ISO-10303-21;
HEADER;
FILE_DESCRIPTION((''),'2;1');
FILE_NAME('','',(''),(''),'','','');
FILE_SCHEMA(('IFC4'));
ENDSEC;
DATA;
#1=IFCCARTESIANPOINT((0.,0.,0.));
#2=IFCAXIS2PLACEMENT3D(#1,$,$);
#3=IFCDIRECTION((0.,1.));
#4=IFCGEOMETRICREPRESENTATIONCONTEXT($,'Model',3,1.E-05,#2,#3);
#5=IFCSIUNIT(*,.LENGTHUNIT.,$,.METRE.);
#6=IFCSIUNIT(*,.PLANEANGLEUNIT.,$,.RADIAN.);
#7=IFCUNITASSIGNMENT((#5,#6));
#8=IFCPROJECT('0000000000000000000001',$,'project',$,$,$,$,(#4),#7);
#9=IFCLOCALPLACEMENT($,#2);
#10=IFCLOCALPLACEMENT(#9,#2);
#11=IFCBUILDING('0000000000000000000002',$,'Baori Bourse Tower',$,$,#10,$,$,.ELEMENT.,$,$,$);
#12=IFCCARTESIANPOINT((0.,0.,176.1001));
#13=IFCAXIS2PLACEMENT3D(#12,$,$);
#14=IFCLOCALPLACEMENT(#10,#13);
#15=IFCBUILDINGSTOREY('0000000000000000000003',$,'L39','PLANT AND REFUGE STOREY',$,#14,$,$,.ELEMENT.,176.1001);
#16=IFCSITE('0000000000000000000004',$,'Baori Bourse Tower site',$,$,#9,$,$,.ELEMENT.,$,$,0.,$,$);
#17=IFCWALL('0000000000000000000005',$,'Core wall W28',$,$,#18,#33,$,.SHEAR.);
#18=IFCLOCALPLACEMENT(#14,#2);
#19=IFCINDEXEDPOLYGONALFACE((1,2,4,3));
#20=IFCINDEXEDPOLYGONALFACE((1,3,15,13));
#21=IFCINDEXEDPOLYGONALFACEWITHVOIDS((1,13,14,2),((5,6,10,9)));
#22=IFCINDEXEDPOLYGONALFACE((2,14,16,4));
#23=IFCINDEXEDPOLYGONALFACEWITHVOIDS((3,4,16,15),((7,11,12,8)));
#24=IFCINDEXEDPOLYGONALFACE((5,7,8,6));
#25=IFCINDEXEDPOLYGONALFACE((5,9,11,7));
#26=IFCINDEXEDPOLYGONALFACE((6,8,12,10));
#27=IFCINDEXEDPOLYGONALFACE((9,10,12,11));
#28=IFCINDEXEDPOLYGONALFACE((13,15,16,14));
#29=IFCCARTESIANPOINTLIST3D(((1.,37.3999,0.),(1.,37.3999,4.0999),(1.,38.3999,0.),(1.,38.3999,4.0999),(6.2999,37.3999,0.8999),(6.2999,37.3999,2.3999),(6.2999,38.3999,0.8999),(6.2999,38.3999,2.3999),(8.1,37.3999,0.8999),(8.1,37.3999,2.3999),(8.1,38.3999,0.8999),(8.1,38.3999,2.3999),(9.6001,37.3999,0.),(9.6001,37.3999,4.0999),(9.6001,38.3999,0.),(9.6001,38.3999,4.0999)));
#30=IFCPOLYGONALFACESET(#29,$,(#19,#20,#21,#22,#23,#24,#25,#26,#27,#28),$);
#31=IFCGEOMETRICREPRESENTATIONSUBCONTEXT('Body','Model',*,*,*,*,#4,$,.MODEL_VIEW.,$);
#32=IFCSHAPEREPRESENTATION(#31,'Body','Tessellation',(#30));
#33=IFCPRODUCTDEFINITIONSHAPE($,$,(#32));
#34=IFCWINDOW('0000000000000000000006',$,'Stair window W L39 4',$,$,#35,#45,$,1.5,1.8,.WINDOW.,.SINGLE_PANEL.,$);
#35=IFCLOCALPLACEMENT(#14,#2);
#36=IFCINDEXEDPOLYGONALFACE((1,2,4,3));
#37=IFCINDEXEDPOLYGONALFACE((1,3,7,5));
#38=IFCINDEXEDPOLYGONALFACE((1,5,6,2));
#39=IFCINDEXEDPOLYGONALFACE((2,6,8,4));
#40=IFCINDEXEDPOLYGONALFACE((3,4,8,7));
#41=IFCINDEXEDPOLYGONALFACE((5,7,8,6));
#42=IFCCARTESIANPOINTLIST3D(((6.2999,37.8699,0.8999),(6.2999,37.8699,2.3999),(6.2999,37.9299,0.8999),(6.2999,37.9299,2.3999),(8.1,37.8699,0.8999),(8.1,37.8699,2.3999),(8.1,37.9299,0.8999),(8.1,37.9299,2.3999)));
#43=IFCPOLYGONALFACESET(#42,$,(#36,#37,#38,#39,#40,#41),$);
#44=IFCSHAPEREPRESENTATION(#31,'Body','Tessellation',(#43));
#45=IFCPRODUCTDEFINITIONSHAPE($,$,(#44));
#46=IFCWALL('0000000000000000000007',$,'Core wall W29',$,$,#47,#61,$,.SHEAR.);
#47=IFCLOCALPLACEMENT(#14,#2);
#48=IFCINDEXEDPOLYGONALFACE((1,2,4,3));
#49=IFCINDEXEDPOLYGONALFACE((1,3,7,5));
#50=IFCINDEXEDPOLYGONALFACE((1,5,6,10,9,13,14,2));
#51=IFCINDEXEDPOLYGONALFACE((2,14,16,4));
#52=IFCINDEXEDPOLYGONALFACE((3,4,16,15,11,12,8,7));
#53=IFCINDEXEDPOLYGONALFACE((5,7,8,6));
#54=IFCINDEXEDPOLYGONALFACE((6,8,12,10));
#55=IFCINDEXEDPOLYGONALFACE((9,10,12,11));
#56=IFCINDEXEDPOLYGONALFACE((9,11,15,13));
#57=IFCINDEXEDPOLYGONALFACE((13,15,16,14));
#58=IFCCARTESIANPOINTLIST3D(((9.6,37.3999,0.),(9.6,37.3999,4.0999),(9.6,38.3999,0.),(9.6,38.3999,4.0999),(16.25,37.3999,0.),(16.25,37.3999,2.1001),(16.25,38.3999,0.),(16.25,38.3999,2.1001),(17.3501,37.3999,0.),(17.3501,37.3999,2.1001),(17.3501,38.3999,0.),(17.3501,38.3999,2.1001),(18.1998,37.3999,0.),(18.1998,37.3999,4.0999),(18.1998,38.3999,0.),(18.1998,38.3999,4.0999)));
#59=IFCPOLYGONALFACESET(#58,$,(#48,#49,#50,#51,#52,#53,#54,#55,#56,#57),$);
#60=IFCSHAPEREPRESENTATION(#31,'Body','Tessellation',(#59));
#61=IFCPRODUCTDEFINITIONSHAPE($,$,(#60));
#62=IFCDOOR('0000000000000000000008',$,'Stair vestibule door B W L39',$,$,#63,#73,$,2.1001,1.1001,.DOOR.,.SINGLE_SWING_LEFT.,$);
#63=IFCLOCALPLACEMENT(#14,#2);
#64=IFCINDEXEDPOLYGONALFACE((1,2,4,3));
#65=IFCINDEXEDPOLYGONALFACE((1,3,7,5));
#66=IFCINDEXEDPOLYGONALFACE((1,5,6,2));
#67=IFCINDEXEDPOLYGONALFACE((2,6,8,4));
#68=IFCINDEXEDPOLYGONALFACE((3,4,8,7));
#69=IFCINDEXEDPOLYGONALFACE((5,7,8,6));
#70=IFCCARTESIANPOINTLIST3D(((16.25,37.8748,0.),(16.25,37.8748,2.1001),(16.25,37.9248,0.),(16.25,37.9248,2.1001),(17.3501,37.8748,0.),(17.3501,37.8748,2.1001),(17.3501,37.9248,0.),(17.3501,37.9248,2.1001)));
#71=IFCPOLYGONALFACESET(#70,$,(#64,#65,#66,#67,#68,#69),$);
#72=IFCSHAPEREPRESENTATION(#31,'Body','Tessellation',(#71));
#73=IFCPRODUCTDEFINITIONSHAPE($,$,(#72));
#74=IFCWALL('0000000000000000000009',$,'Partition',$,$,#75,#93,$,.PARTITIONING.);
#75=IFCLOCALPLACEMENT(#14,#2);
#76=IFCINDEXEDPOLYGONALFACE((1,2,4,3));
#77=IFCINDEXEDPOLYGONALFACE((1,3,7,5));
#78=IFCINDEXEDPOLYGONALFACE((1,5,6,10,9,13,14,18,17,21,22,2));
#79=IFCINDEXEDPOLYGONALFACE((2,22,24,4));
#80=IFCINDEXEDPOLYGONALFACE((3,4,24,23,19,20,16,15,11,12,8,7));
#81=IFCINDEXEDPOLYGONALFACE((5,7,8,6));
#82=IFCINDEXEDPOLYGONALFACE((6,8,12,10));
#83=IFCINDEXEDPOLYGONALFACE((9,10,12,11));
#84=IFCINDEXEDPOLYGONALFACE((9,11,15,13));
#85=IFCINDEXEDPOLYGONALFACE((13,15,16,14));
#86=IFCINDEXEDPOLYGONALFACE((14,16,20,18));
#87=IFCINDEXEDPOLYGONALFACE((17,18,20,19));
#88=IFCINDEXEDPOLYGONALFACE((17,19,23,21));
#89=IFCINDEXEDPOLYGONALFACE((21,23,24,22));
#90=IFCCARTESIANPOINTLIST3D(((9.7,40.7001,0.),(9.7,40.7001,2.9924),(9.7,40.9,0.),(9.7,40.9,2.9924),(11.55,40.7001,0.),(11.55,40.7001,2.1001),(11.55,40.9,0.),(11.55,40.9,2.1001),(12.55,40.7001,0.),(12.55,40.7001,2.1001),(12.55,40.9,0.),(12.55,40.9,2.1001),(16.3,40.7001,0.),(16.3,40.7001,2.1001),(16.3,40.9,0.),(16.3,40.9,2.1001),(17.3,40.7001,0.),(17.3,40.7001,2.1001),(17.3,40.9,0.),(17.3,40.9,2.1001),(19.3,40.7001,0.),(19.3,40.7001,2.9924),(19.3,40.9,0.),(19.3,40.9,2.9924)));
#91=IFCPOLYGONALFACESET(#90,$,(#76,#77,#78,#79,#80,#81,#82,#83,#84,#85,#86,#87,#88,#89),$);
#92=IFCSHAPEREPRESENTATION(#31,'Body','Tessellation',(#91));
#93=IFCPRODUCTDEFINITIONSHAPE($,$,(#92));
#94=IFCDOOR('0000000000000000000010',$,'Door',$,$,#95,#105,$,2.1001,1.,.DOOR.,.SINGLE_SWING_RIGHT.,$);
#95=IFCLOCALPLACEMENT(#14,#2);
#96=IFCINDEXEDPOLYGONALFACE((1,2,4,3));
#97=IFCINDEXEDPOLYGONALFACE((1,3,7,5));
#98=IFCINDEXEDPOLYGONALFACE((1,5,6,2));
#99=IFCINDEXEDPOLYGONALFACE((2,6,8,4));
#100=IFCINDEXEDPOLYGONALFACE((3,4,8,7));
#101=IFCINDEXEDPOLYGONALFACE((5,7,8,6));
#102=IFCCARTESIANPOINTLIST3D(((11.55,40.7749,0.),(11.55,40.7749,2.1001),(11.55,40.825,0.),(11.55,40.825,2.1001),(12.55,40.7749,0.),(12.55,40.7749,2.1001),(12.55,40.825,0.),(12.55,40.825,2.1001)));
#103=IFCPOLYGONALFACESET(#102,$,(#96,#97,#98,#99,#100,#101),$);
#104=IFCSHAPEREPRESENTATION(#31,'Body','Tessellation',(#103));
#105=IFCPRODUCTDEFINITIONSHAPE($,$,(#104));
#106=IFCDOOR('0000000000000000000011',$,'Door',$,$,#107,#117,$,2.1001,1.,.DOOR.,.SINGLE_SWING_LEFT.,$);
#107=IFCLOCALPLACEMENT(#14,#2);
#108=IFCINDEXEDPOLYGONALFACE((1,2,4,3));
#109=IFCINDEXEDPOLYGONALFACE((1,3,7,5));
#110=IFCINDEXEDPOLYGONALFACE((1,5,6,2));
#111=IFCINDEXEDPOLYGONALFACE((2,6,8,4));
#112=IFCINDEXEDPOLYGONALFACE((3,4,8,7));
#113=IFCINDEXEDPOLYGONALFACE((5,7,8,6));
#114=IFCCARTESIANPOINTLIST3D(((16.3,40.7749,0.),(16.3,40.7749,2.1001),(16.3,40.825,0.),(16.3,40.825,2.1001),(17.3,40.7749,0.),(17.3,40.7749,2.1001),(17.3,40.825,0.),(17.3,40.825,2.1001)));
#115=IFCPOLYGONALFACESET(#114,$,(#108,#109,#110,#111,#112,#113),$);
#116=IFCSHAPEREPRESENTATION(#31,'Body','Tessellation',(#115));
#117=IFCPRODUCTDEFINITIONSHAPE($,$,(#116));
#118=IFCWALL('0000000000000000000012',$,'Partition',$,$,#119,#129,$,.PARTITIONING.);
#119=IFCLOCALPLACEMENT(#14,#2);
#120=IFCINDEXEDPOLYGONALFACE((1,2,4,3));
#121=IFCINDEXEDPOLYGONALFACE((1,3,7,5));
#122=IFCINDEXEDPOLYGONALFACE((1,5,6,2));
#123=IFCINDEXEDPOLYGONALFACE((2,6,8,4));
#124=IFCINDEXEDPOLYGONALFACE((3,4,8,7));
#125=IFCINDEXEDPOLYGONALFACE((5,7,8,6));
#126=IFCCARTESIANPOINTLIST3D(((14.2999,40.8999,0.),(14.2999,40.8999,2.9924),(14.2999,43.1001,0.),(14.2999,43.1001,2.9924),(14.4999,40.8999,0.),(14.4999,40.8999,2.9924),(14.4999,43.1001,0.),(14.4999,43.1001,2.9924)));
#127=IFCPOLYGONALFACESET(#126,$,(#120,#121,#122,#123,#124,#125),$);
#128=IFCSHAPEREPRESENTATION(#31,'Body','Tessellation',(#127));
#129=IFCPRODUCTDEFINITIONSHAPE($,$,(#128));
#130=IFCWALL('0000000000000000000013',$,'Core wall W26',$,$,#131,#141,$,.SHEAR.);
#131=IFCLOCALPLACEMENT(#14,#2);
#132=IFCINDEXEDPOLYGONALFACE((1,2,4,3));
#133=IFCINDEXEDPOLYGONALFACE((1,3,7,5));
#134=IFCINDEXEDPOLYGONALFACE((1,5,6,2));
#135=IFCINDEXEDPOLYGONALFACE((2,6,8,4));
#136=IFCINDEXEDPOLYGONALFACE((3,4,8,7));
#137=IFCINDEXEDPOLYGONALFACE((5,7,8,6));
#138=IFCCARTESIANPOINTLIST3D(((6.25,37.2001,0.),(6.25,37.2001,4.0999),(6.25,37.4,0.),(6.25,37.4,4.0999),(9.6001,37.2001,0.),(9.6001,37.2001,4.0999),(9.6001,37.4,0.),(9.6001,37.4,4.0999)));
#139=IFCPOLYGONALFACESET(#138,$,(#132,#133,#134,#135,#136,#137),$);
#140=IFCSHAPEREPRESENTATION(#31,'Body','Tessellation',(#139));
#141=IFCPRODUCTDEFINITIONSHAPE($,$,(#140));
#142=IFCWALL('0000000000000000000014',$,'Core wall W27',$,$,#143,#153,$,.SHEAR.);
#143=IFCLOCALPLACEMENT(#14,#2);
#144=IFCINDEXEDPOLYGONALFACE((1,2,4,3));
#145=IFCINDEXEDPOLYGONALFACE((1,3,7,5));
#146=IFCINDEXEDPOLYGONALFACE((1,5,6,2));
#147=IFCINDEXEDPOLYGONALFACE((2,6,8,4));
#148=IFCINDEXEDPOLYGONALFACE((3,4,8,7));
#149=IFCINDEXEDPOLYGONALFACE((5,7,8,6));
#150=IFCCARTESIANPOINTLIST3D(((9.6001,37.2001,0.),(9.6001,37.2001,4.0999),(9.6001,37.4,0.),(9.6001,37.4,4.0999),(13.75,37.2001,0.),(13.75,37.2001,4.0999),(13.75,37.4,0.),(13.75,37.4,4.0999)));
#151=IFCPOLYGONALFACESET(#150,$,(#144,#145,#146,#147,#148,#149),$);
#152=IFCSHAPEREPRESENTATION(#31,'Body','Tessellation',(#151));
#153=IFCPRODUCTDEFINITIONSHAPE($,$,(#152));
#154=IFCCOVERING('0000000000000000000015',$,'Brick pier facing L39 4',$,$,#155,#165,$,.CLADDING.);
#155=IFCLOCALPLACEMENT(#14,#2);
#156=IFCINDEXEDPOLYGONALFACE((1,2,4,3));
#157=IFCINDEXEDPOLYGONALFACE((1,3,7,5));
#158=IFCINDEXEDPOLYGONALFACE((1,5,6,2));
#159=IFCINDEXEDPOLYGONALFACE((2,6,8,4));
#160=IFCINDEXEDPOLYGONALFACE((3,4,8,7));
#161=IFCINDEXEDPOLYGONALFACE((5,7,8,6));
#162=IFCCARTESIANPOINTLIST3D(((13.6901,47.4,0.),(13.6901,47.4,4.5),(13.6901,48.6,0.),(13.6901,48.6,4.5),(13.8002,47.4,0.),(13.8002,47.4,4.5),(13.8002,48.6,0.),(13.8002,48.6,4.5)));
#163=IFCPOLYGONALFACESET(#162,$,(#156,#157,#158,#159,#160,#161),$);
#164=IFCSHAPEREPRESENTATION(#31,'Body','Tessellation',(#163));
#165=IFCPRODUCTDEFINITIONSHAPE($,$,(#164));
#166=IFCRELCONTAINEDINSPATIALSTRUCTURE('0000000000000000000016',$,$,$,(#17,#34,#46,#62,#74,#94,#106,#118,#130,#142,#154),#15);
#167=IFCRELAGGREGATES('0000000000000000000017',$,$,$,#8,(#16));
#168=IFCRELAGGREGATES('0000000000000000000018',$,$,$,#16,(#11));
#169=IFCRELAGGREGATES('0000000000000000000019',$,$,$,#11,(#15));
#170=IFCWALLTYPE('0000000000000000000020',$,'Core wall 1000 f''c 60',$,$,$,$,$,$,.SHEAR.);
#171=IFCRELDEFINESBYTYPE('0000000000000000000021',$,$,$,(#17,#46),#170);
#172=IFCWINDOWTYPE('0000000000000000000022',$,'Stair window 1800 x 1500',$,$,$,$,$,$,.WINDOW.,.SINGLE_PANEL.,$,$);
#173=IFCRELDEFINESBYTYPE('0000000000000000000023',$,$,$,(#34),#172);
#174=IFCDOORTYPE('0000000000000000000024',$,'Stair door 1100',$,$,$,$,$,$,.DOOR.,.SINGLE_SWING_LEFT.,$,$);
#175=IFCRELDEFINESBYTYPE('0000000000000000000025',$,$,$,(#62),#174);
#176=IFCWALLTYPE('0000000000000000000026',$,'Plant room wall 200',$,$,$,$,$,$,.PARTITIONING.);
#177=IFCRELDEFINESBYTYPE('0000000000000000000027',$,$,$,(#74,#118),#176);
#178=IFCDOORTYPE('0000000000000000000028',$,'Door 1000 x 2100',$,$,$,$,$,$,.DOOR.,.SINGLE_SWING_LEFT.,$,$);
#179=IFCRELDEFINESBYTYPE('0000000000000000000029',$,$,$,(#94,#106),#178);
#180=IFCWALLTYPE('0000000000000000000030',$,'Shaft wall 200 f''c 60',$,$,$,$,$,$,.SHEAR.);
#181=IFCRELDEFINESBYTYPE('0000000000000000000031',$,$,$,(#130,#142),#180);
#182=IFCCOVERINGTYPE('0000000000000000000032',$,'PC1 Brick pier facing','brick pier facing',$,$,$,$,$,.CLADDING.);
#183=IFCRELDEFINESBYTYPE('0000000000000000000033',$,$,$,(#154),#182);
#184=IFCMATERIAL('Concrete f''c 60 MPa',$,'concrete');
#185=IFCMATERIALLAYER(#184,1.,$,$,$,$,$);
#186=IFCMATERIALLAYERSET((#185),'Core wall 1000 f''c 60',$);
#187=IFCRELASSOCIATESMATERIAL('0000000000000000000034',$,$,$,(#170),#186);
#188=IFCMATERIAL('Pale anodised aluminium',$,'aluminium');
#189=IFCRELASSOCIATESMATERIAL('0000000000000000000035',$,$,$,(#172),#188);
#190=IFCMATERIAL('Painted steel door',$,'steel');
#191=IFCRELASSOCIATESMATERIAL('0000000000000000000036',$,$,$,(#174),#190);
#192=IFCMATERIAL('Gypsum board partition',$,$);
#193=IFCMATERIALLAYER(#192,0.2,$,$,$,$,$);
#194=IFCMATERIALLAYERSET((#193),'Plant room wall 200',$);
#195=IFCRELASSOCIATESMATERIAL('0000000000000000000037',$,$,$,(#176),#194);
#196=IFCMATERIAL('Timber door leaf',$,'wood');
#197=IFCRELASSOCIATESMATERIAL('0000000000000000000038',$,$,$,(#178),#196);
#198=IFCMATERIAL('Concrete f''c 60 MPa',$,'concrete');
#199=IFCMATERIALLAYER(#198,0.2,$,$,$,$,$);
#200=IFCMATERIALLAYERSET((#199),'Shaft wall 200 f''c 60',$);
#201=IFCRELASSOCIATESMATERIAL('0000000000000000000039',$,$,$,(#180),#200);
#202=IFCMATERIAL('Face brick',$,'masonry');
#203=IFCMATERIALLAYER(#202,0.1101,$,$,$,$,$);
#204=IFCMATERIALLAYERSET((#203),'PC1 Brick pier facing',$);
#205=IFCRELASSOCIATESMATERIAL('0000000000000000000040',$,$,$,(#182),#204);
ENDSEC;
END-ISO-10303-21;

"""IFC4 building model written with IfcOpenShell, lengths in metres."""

from ifc_helpers import new_model, si_unit, direction, frame, frame_2d, origin, origin_2d, place, context, subcontext, project, spatial, rectangle, extrude, material, layer, layer_set, type_object, element, fill, save


model = new_model("IFC4")

# Units and contexts
model_context = context("Model", 3, precision=1e-05, world=origin(), true_north=direction((0.0, 1.0)))
body_context = subcontext(model_context, "Body", "Model", "MODEL_VIEW")
ifc_project = project(units=[si_unit("LENGTHUNIT", "METRE"), si_unit("PLANEANGLEUNIT", "RADIAN")], contexts=[model_context])

# Site, building, storey
site_placement = place(None, origin())
site = spatial("IfcSite", under=ifc_project, at=site_placement, Name="Baori Bourse Tower site", CompositionType="ELEMENT", RefElevation=0.0)
building_placement = place(site_placement, origin())
building = spatial("IfcBuilding", under=site, at=building_placement, Name="Baori Bourse Tower", CompositionType="ELEMENT")
storey_placement = place(building_placement, frame((0.0, 0.0, 176.1001)))
storey = spatial("IfcBuildingStorey", under=building, at=storey_placement, Name="L39", Description="PLANT AND REFUGE STOREY", CompositionType="ELEMENT", Elevation=176.1001)

# Wall, opening, window
ifc_material_1 = material(Name="Concrete f'c 60 MPa", Category="concrete")
ifc_layer_1 = layer(ifc_material_1, 1.0)
ifc_layer_set_1 = layer_set([ifc_layer_1], Name="Core wall 1000 f'c 60")
wall_type_1 = type_object("IfcWallType", Name="Core wall 1000 f'c 60", PredefinedType="SHEAR", material=ifc_layer_set_1)
wall_1_placement = place(storey_placement, frame((1.0, 37.8999, 0.0), z_axis=(0.0, 0.0, 1.0), x_axis=(1.0, 0.0, 0.0)))
wall_1 = element("IfcWall", 1, at=wall_1_placement, inside=storey, type_object=wall_type_1, Name="Core wall W28", PredefinedType="SHEAR", context=body_context, shape_type="SweptSolid", body=[
    extrude(rectangle(XDim=8.6001, YDim=1.0, at=frame_2d((4.3, 0.0))), origin(), (0.0, 0.0, 1.0), 4.0999),
])
opening_1_placement = place(wall_1_placement, frame((5.3, 0.0, 0.8999)))
opening_1 = element("IfcOpeningElement", 2, at=opening_1_placement, cuts=wall_1, PredefinedType="OPENING", context=body_context, shape_type="SweptSolid", body=[
    extrude(rectangle(XDim=1.8, YDim=1.5, at=frame_2d((0.8999, 0.75))), frame((0.0, 0.51, 0.0), z_axis=(0.0, -1.0, 0.0), x_axis=(1.0, 0.0, 0.0)), (0.0, 0.0, 1.0), 1.02),
])
ifc_material_2 = material(Name="Pale anodised aluminium", Category="aluminium")
window_type = type_object("IfcWindowType", Name="Stair window 1800 x 1500", PartitioningType="SINGLE_PANEL", PredefinedType="WINDOW", material=ifc_material_2)
window_placement = place(opening_1_placement, origin())
window = element("IfcWindow", 3, at=window_placement, inside=storey, type_object=window_type, Name="Stair window W L39 4", OverallHeight=1.5, OverallWidth=1.8, PartitioningType="SINGLE_PANEL", PredefinedType="WINDOW", context=body_context, shape_type="SweptSolid", body=[
    extrude(rectangle(XDim=1.8, YDim=1.5, at=frame_2d((0.8999, 0.75))), frame((0.0, 0.03, 0.0), z_axis=(0.0, -1.0, 0.0), x_axis=(1.0, 0.0, 0.0)), (0.0, 0.0, 1.0), 0.0601),
])
fill(opening_1, window)

# Wall, opening, door
wall_2_placement = place(storey_placement, frame((9.6001, 37.8999, 0.0), z_axis=(0.0, 0.0, 1.0), x_axis=(1.0, 0.0, 0.0)))
wall_2 = element("IfcWall", 4, at=wall_2_placement, inside=storey, type_object=wall_type_1, Name="Core wall W29", PredefinedType="SHEAR", context=body_context, shape_type="SweptSolid", body=[
    extrude(rectangle(XDim=8.5999, YDim=1.0, at=frame_2d((4.2998, 0.0))), origin(), (0.0, 0.0, 1.0), 4.0999),
])
opening_2_placement = place(wall_2_placement, frame((6.6499, 0.0, 0.0)))
opening_2 = element("IfcOpeningElement", 5, at=opening_2_placement, cuts=wall_2, PredefinedType="OPENING", context=body_context, shape_type="SweptSolid", body=[
    extrude(rectangle(XDim=1.1001, YDim=2.1001, at=frame_2d((0.55, 1.05))), frame((0.0, 0.51, 0.0), z_axis=(0.0, -1.0, 0.0), x_axis=(1.0, 0.0, 0.0)), (0.0, 0.0, 1.0), 1.02),
])
ifc_material_3 = material(Name="Painted steel door", Category="steel")
door_type_1 = type_object("IfcDoorType", Name="Stair door 1100", OperationType="SINGLE_SWING_LEFT", PredefinedType="DOOR", material=ifc_material_3)
door_1_placement = place(opening_2_placement, origin())
door_1 = element("IfcDoor", 6, at=door_1_placement, inside=storey, type_object=door_type_1, Name="Stair vestibule door B W L39", OperationType="SINGLE_SWING_LEFT", OverallHeight=2.1001, OverallWidth=1.1001, PredefinedType="DOOR", context=body_context, shape_type="SweptSolid", body=[
    extrude(rectangle(XDim=1.1001, YDim=2.1001, at=frame_2d((0.55, 1.05))), frame((0.0, 0.0249, 0.0), z_axis=(0.0, -1.0, 0.0), x_axis=(1.0, 0.0, 0.0)), (0.0, 0.0, 1.0), 0.05),
])
fill(opening_2, door_1)

# Wall, openings, doors
ifc_material_4 = material(Name="Gypsum board partition")
ifc_layer_2 = layer(ifc_material_4, 0.2)
ifc_layer_set_2 = layer_set([ifc_layer_2], Name="Plant room wall 200")
wall_type_2 = type_object("IfcWallType", Name="Plant room wall 200", PredefinedType="PARTITIONING", material=ifc_layer_set_2)
wall_3_placement = place(storey_placement, frame((9.7, 40.8, 0.0), z_axis=(0.0, 0.0, 1.0), x_axis=(1.0, 0.0, 0.0)))
wall_3 = element("IfcWall", 7, at=wall_3_placement, inside=storey, type_object=wall_type_2, Name="Partition", PredefinedType="PARTITIONING", context=body_context, shape_type="SweptSolid", body=[
    extrude(rectangle(XDim=9.6001, YDim=0.2, at=frame_2d((4.8, 0.0))), origin(), (0.0, 0.0, 1.0), 2.9924),
])
opening_3_placement = place(wall_3_placement, frame((1.8501, 0.0, 0.0)))
opening_3 = element("IfcOpeningElement", 8, at=opening_3_placement, cuts=wall_3, PredefinedType="OPENING", context=body_context, shape_type="SweptSolid", body=[
    extrude(rectangle(XDim=1.0, YDim=2.1001, at=frame_2d((0.5, 1.05))), frame((0.0, 0.1099, 0.0), z_axis=(0.0, -1.0, 0.0), x_axis=(1.0, 0.0, 0.0)), (0.0, 0.0, 1.0), 0.22),
])
opening_4_placement = place(wall_3_placement, frame((6.6001, 0.0, 0.0)))
opening_4 = element("IfcOpeningElement", 9, at=opening_4_placement, cuts=wall_3, PredefinedType="OPENING", context=body_context, shape_type="SweptSolid", body=[
    extrude(rectangle(XDim=1.0, YDim=2.1001, at=frame_2d((0.5, 1.05))), frame((0.0, 0.1099, 0.0), z_axis=(0.0, -1.0, 0.0), x_axis=(1.0, 0.0, 0.0)), (0.0, 0.0, 1.0), 0.22),
])
ifc_material_5 = material(Name="Timber door leaf", Category="wood")
door_type_2 = type_object("IfcDoorType", Name="Door 1000 x 2100", OperationType="SINGLE_SWING_LEFT", PredefinedType="DOOR", material=ifc_material_5)
door_2_placement = place(opening_3_placement, origin())
door_2 = element("IfcDoor", 10, at=door_2_placement, inside=storey, type_object=door_type_2, Name="Door", OperationType="SINGLE_SWING_RIGHT", OverallHeight=2.1001, OverallWidth=1.0, PredefinedType="DOOR", context=body_context, shape_type="SweptSolid", body=[
    extrude(rectangle(XDim=1.0, YDim=2.1001, at=frame_2d((0.5, 1.05))), frame((0.0, 0.0249, 0.0), z_axis=(0.0, -1.0, 0.0), x_axis=(1.0, 0.0, 0.0)), (0.0, 0.0, 1.0), 0.05),
])
fill(opening_3, door_2)
door_3_placement = place(opening_4_placement, origin())
door_3 = element("IfcDoor", 11, at=door_3_placement, inside=storey, type_object=door_type_2, Name="Door", OperationType="SINGLE_SWING_LEFT", OverallHeight=2.1001, OverallWidth=1.0, PredefinedType="DOOR", context=body_context, shape_type="SweptSolid", body=[
    extrude(rectangle(XDim=1.0, YDim=2.1001, at=frame_2d((0.5, 1.05))), frame((0.0, 0.0249, 0.0), z_axis=(0.0, -1.0, 0.0), x_axis=(1.0, 0.0, 0.0)), (0.0, 0.0, 1.0), 0.05),
])
fill(opening_4, door_3)

# Walls
wall_4_placement = place(storey_placement, frame((14.3999, 40.8999, 0.0), z_axis=(0.0, 0.0, 1.0), x_axis=(0.0, 1.0, 0.0)))
element("IfcWall", 12, at=wall_4_placement, inside=storey, type_object=wall_type_2, Name="Partition", PredefinedType="PARTITIONING", context=body_context, shape_type="SweptSolid", body=[
    extrude(rectangle(XDim=2.2002, YDim=0.2, at=frame_2d((1.1001, 0.0))), origin(), (0.0, 0.0, 1.0), 2.9924),
])
ifc_material_6 = material(Name="Concrete f'c 60 MPa", Category="concrete")
ifc_layer_3 = layer(ifc_material_6, 0.2)
ifc_layer_set_3 = layer_set([ifc_layer_3], Name="Shaft wall 200 f'c 60")
wall_type_3 = type_object("IfcWallType", Name="Shaft wall 200 f'c 60", PredefinedType="SHEAR", material=ifc_layer_set_3)
wall_5_placement = place(storey_placement, frame((6.25, 37.3, 0.0), z_axis=(0.0, 0.0, 1.0), x_axis=(1.0, 0.0, 0.0)))
element("IfcWall", 13, at=wall_5_placement, inside=storey, type_object=wall_type_3, Name="Core wall W26", PredefinedType="SHEAR", context=body_context, shape_type="SweptSolid", body=[
    extrude(rectangle(XDim=3.3501, YDim=0.2, at=frame_2d((1.675, 0.0))), origin(), (0.0, 0.0, 1.0), 4.0999),
])
wall_6_placement = place(storey_placement, frame((9.6001, 37.3, 0.0), z_axis=(0.0, 0.0, 1.0), x_axis=(1.0, 0.0, 0.0)))
element("IfcWall", 14, at=wall_6_placement, inside=storey, type_object=wall_type_3, Name="Core wall W27", PredefinedType="SHEAR", context=body_context, shape_type="SweptSolid", body=[
    extrude(rectangle(XDim=4.1499, YDim=0.2, at=frame_2d((2.075, 0.0))), origin(), (0.0, 0.0, 1.0), 4.0999),
])

# Covering
ifc_material_7 = material(Name="Face brick", Category="masonry")
ifc_layer_4 = layer(ifc_material_7, 0.1101)
ifc_layer_set_4 = layer_set([ifc_layer_4], Name="PC1 Brick pier facing")
covering_type = type_object("IfcCoveringType", Name="PC1 Brick pier facing", Description="brick pier facing", PredefinedType="CLADDING", material=ifc_layer_set_4)
covering_placement = place(storey_placement, frame((13.7451, 48.0, 0.0), z_axis=(0.0, 0.0, 1.0), x_axis=(1.0, 0.0, 0.0)))
element("IfcCovering", 15, at=covering_placement, inside=storey, type_object=covering_type, Name="Brick pier facing L39 4", PredefinedType="CLADDING", context=body_context, shape_type="SweptSolid", body=[
    extrude(rectangle(XDim=0.1101, YDim=1.2, at=origin_2d()), origin(), (0.0, 0.0, 1.0), 4.5),
])

save(model, "model.ifc")
